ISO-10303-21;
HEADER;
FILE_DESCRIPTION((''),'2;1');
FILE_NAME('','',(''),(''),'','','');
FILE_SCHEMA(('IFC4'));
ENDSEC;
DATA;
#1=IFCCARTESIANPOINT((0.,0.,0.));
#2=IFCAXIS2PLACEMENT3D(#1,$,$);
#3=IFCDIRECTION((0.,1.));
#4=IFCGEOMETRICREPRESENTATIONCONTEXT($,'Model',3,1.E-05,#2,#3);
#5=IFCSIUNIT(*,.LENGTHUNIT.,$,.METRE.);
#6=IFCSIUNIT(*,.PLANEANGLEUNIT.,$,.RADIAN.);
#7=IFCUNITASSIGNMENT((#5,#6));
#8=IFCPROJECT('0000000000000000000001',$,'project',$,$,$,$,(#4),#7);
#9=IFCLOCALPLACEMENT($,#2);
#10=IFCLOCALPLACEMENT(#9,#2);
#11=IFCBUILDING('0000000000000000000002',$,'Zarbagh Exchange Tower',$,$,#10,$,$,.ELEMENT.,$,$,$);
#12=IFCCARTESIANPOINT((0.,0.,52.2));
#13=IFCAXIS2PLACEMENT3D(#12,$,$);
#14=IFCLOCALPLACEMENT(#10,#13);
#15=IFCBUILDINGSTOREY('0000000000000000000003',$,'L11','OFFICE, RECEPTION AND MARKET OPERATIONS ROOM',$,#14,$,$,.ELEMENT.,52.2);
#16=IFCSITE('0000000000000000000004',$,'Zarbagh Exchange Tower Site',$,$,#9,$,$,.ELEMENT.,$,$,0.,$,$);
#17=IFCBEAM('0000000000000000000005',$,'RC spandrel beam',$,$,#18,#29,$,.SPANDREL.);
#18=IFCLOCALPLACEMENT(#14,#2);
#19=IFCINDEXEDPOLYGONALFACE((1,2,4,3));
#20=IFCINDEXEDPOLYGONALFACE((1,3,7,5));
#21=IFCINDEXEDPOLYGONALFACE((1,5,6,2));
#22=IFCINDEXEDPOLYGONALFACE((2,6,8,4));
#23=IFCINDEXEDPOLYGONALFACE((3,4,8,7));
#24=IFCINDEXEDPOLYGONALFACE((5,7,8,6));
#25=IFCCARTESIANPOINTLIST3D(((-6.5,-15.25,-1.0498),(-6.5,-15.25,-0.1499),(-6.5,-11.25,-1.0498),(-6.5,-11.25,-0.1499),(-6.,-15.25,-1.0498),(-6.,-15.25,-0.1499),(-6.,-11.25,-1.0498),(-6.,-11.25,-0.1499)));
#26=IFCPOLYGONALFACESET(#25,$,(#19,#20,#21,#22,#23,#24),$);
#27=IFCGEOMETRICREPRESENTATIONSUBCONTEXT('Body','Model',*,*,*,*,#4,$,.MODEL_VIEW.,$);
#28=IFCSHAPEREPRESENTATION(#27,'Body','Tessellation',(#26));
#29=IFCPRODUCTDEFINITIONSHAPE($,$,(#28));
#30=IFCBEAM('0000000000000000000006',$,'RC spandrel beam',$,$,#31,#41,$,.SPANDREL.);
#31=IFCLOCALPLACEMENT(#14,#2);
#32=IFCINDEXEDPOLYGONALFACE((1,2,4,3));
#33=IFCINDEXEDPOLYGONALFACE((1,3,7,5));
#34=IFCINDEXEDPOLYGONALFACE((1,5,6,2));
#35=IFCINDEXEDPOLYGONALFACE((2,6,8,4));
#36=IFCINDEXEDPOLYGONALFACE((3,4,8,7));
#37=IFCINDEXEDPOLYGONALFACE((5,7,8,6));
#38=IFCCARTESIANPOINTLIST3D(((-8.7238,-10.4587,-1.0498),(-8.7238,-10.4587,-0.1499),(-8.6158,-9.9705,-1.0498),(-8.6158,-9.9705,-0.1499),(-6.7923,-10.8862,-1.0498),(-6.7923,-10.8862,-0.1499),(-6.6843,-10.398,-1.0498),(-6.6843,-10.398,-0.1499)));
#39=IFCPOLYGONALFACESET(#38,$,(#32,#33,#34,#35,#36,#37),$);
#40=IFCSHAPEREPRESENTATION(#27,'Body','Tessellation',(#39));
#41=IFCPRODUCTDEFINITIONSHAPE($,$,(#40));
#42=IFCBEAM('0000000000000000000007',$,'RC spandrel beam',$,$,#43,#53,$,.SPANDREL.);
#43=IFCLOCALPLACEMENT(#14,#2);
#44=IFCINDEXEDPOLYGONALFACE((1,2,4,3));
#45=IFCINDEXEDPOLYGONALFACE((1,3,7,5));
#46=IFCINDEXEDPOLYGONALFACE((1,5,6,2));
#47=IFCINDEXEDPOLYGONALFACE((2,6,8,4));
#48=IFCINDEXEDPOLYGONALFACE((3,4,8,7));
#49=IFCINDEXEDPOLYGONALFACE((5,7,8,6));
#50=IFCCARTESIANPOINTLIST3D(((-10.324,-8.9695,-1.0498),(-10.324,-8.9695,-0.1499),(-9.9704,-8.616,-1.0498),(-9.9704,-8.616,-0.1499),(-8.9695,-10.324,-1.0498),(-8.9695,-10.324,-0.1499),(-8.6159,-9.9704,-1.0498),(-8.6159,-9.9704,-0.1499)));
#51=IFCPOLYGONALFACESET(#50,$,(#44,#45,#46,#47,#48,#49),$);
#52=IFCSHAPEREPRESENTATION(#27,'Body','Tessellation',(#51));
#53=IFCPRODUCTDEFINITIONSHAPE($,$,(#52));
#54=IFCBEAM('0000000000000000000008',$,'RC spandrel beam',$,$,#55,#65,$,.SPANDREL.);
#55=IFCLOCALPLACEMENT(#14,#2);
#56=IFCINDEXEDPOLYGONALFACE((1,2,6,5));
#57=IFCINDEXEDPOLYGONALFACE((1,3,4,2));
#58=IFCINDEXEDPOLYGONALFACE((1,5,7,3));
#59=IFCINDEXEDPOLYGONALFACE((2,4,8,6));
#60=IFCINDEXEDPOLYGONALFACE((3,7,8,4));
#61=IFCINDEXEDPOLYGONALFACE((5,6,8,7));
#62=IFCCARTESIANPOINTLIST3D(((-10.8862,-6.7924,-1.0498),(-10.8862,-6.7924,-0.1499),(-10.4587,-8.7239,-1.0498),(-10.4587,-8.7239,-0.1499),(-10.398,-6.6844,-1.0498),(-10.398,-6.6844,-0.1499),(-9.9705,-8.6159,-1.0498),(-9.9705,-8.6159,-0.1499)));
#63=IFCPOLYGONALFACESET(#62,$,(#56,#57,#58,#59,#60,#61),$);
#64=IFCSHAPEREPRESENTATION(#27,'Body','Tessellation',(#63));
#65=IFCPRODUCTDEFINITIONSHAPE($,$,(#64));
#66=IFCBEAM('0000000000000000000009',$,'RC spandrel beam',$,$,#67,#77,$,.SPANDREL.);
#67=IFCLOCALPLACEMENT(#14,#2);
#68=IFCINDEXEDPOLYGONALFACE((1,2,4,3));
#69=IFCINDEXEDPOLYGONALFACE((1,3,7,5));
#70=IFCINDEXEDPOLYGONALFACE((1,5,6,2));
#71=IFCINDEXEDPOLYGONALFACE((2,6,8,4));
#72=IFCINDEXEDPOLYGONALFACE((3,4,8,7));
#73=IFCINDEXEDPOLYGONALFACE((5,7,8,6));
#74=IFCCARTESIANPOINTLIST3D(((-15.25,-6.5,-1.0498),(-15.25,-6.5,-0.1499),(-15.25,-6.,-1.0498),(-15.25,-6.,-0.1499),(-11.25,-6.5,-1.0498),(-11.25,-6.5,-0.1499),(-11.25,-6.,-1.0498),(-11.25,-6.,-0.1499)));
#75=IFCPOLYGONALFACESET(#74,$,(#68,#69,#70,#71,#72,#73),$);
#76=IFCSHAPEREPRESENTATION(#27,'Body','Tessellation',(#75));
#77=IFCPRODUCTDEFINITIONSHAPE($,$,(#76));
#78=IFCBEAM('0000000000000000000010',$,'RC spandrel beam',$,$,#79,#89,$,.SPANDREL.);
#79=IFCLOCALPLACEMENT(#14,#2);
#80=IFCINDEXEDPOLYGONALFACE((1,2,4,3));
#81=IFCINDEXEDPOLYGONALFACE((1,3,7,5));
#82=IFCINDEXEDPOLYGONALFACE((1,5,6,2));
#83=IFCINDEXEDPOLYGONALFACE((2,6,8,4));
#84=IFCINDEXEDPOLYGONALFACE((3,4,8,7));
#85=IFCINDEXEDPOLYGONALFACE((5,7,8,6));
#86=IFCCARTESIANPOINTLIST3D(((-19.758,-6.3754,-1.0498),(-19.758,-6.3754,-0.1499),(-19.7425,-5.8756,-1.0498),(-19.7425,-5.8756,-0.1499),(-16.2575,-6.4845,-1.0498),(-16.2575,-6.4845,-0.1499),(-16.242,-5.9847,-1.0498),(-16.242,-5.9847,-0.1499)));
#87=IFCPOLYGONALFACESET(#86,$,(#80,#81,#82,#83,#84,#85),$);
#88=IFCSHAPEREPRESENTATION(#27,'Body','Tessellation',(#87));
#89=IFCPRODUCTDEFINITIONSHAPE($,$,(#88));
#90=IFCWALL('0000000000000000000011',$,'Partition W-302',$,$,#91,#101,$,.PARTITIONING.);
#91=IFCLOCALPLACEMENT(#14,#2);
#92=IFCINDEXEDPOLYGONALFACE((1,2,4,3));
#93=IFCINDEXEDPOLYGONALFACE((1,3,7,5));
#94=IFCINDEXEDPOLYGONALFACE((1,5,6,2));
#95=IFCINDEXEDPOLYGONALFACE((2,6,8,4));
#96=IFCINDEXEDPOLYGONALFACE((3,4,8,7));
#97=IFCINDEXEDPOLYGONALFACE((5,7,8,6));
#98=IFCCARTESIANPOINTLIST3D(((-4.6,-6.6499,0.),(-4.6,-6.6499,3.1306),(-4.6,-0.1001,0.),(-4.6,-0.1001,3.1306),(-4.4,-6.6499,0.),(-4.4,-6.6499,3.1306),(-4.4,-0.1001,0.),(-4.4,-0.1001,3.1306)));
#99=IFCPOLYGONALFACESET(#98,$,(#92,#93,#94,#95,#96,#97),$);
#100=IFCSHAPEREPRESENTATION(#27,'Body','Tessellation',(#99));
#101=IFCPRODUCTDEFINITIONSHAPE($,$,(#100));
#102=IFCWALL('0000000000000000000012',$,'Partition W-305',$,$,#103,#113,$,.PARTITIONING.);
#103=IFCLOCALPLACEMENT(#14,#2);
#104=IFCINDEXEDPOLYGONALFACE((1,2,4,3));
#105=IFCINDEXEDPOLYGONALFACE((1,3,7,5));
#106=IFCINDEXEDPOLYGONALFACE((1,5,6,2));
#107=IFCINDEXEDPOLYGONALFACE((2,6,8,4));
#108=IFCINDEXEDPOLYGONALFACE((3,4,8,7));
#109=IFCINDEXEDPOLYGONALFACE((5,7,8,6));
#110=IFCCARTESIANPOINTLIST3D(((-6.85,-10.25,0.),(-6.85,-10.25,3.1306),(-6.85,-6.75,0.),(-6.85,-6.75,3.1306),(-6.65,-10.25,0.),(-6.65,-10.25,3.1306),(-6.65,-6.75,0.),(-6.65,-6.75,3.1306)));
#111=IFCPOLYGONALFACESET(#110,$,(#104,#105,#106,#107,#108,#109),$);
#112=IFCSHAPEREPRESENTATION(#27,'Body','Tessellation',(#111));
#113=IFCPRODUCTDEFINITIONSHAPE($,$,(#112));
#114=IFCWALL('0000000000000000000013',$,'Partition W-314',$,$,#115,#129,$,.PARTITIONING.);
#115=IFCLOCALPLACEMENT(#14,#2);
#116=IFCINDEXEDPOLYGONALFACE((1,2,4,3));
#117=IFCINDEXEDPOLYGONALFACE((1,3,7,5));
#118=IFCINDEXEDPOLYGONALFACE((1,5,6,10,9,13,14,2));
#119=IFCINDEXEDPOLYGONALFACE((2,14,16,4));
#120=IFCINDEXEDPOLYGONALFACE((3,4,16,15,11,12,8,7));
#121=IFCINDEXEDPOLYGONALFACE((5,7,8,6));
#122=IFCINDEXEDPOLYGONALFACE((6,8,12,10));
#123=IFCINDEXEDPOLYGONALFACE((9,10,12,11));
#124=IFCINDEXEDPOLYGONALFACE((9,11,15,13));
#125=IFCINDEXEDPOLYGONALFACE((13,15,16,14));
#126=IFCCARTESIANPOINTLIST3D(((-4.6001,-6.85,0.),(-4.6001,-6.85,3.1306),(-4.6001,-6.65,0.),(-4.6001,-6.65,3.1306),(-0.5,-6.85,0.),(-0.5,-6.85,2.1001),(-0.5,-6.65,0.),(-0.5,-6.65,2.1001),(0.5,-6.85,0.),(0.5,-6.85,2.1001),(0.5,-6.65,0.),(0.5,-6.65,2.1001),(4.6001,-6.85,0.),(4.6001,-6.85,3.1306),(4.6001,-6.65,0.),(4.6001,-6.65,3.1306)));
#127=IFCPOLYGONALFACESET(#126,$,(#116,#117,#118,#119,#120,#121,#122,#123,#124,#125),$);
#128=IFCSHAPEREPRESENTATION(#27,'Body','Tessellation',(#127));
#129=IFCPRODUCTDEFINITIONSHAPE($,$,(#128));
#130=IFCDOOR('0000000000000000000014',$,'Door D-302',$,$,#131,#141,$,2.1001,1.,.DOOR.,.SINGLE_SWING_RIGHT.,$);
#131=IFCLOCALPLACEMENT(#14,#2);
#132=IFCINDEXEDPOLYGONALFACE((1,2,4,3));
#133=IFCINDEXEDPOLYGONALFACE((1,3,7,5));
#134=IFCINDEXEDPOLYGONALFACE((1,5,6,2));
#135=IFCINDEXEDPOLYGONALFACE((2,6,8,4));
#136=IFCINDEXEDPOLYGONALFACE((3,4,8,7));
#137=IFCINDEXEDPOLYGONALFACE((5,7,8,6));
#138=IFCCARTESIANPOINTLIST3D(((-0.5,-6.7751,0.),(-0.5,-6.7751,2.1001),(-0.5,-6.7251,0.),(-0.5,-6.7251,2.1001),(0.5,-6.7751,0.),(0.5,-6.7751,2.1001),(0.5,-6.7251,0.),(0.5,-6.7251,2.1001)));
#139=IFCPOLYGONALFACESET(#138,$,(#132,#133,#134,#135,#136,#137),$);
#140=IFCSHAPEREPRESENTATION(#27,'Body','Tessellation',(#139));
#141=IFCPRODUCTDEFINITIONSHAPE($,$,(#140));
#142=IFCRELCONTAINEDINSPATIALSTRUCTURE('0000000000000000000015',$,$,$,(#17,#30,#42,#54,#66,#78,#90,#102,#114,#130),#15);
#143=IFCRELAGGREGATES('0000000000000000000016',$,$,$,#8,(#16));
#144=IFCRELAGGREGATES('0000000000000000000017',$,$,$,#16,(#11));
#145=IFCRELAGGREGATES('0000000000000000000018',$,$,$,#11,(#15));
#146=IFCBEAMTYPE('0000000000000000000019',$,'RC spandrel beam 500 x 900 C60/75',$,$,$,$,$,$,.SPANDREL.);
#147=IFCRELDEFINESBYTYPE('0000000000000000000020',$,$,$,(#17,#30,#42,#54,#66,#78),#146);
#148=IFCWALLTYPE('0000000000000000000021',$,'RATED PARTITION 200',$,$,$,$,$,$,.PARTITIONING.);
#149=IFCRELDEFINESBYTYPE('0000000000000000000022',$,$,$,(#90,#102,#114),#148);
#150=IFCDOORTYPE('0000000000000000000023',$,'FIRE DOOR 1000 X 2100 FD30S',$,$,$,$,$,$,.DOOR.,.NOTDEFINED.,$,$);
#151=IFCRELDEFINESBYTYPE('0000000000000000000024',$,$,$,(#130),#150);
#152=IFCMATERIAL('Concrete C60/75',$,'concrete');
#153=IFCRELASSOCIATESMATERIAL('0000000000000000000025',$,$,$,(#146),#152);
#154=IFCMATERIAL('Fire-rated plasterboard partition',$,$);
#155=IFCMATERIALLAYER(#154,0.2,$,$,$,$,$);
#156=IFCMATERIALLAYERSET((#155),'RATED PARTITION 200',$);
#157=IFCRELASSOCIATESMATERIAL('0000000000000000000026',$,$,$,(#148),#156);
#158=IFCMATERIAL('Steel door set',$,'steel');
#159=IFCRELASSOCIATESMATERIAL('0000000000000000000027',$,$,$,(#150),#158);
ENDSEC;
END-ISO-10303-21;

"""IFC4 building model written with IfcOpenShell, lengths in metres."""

from ifc_helpers import new_model, si_unit, direction, frame, frame_2d, origin, origin_2d, place, context, subcontext, project, spatial, rectangle, extrude, material, layer, layer_set, material_profile, profile_set, type_object, element, fill, save


model = new_model("IFC4")

# Units and contexts
model_context = context("Model", 3, precision=1e-05, world=origin(), true_north=direction((0.0, 1.0)))
body_context = subcontext(model_context, "Body", "Model", "MODEL_VIEW")
ifc_project = project(units=[si_unit("LENGTHUNIT", "METRE"), si_unit("PLANEANGLEUNIT", "RADIAN")], contexts=[model_context])

# Site, building, storey
site_placement = place(None, origin())
site = spatial("IfcSite", under=ifc_project, at=site_placement, Name="Zarbagh Exchange Tower Site", CompositionType="ELEMENT", RefElevation=0.0)
building_placement = place(site_placement, origin())
building = spatial("IfcBuilding", under=site, at=building_placement, Name="Zarbagh Exchange Tower", CompositionType="ELEMENT")
storey_placement = place(building_placement, frame((0.0, 0.0, 52.2)))
storey = spatial("IfcBuildingStorey", under=building, at=storey_placement, Name="L11", Description="OFFICE, RECEPTION AND MARKET OPERATIONS ROOM", CompositionType="ELEMENT", Elevation=52.2)

# Shared definitions
ifc_material_1 = material(Name="Concrete C60/75", Category="concrete")

# Beams
ifc_material_profile_1 = material_profile(ifc_material_1, rectangle(XDim=0.5, YDim=0.8999, at=origin_2d()), Name="RC spandrel beam 500 x 900 C60/75")
ifc_profile_set_1 = profile_set([ifc_material_profile_1], Name="Concrete C60/75")
beam_type_1 = type_object("IfcBeamType", Name="RC spandrel beam 500 x 900 C60/75", PredefinedType="SPANDREL", material=ifc_profile_set_1)
beam_1_placement = place(storey_placement, frame((-6.25, -15.25, -0.5999), z_axis=(0.0, 1.0, 0.0), x_axis=(-1.0, 0.0, 0.0)))
element("IfcBeam", 1, at=beam_1_placement, inside=storey, type_object=beam_type_1, Name="RC spandrel beam", PredefinedType="SPANDREL", context=body_context, shape_type="SweptSolid", body=[
    extrude(rectangle(XDim=0.5, YDim=0.8999, at=origin_2d()), origin(), (0.0, 0.0, 1.0), 4.0),
])
beam_2_placement = place(storey_placement, frame((-6.7383, -10.6421, -0.5999), z_axis=(-0.976375, 0.216081, 0.0), x_axis=(-0.216081, -0.976375, 0.0)))
element("IfcBeam", 2, at=beam_2_placement, inside=storey, type_object=beam_type_1, Name="RC spandrel beam", PredefinedType="SPANDREL", context=body_context, shape_type="SweptSolid", body=[
    extrude(rectangle(XDim=0.5, YDim=0.8999, at=origin_2d()), origin(), (0.0, 0.0, 1.0), 1.9783),
])
beam_3_placement = place(storey_placement, frame((-8.7927, -10.1472, -0.5999), z_axis=(-0.707107, 0.707107, 0.0), x_axis=(-0.707107, -0.707107, 0.0)))
element("IfcBeam", 3, at=beam_3_placement, inside=storey, type_object=beam_type_1, Name="RC spandrel beam", PredefinedType="SPANDREL", context=body_context, shape_type="SweptSolid", body=[
    extrude(rectangle(XDim=0.5, YDim=0.8999, at=origin_2d()), origin(), (0.0, 0.0, 1.0), 1.9155),
])
beam_4_placement = place(storey_placement, frame((-10.2146, -8.6699, -0.5999), z_axis=(-0.216081, 0.976375, 0.0), x_axis=(-0.976375, -0.216081, 0.0)))
element("IfcBeam", 4, at=beam_4_placement, inside=storey, type_object=beam_type_1, Name="RC spandrel beam", PredefinedType="SPANDREL", context=body_context, shape_type="SweptSolid", body=[
    extrude(rectangle(XDim=0.5, YDim=0.8999, at=origin_2d()), origin(), (0.0, 0.0, 1.0), 1.9783),
])
beam_5_placement = place(storey_placement, frame((-11.25, -6.25, -0.5999), z_axis=(-1.0, 0.0, 0.0), x_axis=(0.0, -1.0, 0.0)))
element("IfcBeam", 5, at=beam_5_placement, inside=storey, type_object=beam_type_1, Name="RC spandrel beam", PredefinedType="SPANDREL", context=body_context, shape_type="SweptSolid", body=[
    extrude(rectangle(XDim=0.5, YDim=0.8999, at=origin_2d()), origin(), (0.0, 0.0, 1.0), 4.0),
])
beam_6_placement = place(storey_placement, frame((-16.2498, -6.2346, -0.5999), z_axis=(-0.999514, 0.031161, 0.0), x_axis=(-0.031161, -0.999514, 0.0)))
element("IfcBeam", 6, at=beam_6_placement, inside=storey, type_object=beam_type_1, Name="RC spandrel beam", PredefinedType="SPANDREL", context=body_context, shape_type="SweptSolid", body=[
    extrude(rectangle(XDim=0.5, YDim=0.8999, at=origin_2d()), origin(), (0.0, 0.0, 1.0), 3.5022),
])

# Walls
ifc_material_2 = material(Name="Fire-rated plasterboard partition")
ifc_layer = layer(ifc_material_2, 0.2)
ifc_layer_set = layer_set([ifc_layer], Name="RATED PARTITION 200")
wall_type = type_object("IfcWallType", Name="RATED PARTITION 200", PredefinedType="PARTITIONING", material=ifc_layer_set)
wall_1_placement = place(storey_placement, frame((-4.5, -6.6499, 0.0), z_axis=(0.0, 0.0, 1.0), x_axis=(0.0, 1.0, 0.0)))
element("IfcWall", 7, at=wall_1_placement, inside=storey, type_object=wall_type, Name="Partition W-302", PredefinedType="PARTITIONING", context=body_context, shape_type="SweptSolid", body=[
    extrude(rectangle(XDim=6.5498, YDim=0.2, at=frame_2d((3.2749, 0.0))), origin(), (0.0, 0.0, 1.0), 3.1306),
])
wall_2_placement = place(storey_placement, frame((-6.75, -10.25, 0.0), z_axis=(0.0, 0.0, 1.0), x_axis=(0.0, 1.0, 0.0)))
element("IfcWall", 8, at=wall_2_placement, inside=storey, type_object=wall_type, Name="Partition W-305", PredefinedType="PARTITIONING", context=body_context, shape_type="SweptSolid", body=[
    extrude(rectangle(XDim=3.5, YDim=0.2, at=frame_2d((1.75, 0.0))), origin(), (0.0, 0.0, 1.0), 3.1306),
])

# Wall, opening, door
wall_3_placement = place(storey_placement, frame((-4.6001, -6.75, 0.0), z_axis=(0.0, 0.0, 1.0), x_axis=(1.0, 0.0, 0.0)))
wall_3 = element("IfcWall", 9, at=wall_3_placement, inside=storey, type_object=wall_type, Name="Partition W-314", PredefinedType="PARTITIONING", context=body_context, shape_type="SweptSolid", body=[
    extrude(rectangle(XDim=9.2002, YDim=0.2, at=frame_2d((4.6001, 0.0))), origin(), (0.0, 0.0, 1.0), 3.1306),
])
opening_placement = place(wall_3_placement, frame((4.1001, 0.0, 0.0)))
opening = element("IfcOpeningElement", 10, at=opening_placement, cuts=wall_3, PredefinedType="OPENING", context=body_context, shape_type="SweptSolid", body=[
    extrude(rectangle(XDim=1.0, YDim=2.1001, at=frame_2d((0.5, 1.05))), frame((0.0, 0.1099, 0.0), z_axis=(0.0, -1.0, 0.0), x_axis=(1.0, 0.0, 0.0)), (0.0, 0.0, 1.0), 0.22),
])
ifc_material_3 = material(Name="Steel door set", Category="steel")
door_type = type_object("IfcDoorType", Name="FIRE DOOR 1000 X 2100 FD30S", OperationType="NOTDEFINED", PredefinedType="DOOR", material=ifc_material_3)
door_placement = place(opening_placement, origin())
door = element("IfcDoor", 11, at=door_placement, inside=storey, type_object=door_type, Name="Door D-302", OperationType="SINGLE_SWING_RIGHT", OverallHeight=2.1001, OverallWidth=1.0, PredefinedType="DOOR", context=body_context, shape_type="SweptSolid", body=[
    extrude(rectangle(XDim=1.0, YDim=2.1001, at=frame_2d((0.5, 1.05))), frame((0.0, 0.0249, 0.0), z_axis=(0.0, -1.0, 0.0), x_axis=(1.0, 0.0, 0.0)), (0.0, 0.0, 1.0), 0.05),
])
fill(opening, door)

save(model, "model.ifc")
